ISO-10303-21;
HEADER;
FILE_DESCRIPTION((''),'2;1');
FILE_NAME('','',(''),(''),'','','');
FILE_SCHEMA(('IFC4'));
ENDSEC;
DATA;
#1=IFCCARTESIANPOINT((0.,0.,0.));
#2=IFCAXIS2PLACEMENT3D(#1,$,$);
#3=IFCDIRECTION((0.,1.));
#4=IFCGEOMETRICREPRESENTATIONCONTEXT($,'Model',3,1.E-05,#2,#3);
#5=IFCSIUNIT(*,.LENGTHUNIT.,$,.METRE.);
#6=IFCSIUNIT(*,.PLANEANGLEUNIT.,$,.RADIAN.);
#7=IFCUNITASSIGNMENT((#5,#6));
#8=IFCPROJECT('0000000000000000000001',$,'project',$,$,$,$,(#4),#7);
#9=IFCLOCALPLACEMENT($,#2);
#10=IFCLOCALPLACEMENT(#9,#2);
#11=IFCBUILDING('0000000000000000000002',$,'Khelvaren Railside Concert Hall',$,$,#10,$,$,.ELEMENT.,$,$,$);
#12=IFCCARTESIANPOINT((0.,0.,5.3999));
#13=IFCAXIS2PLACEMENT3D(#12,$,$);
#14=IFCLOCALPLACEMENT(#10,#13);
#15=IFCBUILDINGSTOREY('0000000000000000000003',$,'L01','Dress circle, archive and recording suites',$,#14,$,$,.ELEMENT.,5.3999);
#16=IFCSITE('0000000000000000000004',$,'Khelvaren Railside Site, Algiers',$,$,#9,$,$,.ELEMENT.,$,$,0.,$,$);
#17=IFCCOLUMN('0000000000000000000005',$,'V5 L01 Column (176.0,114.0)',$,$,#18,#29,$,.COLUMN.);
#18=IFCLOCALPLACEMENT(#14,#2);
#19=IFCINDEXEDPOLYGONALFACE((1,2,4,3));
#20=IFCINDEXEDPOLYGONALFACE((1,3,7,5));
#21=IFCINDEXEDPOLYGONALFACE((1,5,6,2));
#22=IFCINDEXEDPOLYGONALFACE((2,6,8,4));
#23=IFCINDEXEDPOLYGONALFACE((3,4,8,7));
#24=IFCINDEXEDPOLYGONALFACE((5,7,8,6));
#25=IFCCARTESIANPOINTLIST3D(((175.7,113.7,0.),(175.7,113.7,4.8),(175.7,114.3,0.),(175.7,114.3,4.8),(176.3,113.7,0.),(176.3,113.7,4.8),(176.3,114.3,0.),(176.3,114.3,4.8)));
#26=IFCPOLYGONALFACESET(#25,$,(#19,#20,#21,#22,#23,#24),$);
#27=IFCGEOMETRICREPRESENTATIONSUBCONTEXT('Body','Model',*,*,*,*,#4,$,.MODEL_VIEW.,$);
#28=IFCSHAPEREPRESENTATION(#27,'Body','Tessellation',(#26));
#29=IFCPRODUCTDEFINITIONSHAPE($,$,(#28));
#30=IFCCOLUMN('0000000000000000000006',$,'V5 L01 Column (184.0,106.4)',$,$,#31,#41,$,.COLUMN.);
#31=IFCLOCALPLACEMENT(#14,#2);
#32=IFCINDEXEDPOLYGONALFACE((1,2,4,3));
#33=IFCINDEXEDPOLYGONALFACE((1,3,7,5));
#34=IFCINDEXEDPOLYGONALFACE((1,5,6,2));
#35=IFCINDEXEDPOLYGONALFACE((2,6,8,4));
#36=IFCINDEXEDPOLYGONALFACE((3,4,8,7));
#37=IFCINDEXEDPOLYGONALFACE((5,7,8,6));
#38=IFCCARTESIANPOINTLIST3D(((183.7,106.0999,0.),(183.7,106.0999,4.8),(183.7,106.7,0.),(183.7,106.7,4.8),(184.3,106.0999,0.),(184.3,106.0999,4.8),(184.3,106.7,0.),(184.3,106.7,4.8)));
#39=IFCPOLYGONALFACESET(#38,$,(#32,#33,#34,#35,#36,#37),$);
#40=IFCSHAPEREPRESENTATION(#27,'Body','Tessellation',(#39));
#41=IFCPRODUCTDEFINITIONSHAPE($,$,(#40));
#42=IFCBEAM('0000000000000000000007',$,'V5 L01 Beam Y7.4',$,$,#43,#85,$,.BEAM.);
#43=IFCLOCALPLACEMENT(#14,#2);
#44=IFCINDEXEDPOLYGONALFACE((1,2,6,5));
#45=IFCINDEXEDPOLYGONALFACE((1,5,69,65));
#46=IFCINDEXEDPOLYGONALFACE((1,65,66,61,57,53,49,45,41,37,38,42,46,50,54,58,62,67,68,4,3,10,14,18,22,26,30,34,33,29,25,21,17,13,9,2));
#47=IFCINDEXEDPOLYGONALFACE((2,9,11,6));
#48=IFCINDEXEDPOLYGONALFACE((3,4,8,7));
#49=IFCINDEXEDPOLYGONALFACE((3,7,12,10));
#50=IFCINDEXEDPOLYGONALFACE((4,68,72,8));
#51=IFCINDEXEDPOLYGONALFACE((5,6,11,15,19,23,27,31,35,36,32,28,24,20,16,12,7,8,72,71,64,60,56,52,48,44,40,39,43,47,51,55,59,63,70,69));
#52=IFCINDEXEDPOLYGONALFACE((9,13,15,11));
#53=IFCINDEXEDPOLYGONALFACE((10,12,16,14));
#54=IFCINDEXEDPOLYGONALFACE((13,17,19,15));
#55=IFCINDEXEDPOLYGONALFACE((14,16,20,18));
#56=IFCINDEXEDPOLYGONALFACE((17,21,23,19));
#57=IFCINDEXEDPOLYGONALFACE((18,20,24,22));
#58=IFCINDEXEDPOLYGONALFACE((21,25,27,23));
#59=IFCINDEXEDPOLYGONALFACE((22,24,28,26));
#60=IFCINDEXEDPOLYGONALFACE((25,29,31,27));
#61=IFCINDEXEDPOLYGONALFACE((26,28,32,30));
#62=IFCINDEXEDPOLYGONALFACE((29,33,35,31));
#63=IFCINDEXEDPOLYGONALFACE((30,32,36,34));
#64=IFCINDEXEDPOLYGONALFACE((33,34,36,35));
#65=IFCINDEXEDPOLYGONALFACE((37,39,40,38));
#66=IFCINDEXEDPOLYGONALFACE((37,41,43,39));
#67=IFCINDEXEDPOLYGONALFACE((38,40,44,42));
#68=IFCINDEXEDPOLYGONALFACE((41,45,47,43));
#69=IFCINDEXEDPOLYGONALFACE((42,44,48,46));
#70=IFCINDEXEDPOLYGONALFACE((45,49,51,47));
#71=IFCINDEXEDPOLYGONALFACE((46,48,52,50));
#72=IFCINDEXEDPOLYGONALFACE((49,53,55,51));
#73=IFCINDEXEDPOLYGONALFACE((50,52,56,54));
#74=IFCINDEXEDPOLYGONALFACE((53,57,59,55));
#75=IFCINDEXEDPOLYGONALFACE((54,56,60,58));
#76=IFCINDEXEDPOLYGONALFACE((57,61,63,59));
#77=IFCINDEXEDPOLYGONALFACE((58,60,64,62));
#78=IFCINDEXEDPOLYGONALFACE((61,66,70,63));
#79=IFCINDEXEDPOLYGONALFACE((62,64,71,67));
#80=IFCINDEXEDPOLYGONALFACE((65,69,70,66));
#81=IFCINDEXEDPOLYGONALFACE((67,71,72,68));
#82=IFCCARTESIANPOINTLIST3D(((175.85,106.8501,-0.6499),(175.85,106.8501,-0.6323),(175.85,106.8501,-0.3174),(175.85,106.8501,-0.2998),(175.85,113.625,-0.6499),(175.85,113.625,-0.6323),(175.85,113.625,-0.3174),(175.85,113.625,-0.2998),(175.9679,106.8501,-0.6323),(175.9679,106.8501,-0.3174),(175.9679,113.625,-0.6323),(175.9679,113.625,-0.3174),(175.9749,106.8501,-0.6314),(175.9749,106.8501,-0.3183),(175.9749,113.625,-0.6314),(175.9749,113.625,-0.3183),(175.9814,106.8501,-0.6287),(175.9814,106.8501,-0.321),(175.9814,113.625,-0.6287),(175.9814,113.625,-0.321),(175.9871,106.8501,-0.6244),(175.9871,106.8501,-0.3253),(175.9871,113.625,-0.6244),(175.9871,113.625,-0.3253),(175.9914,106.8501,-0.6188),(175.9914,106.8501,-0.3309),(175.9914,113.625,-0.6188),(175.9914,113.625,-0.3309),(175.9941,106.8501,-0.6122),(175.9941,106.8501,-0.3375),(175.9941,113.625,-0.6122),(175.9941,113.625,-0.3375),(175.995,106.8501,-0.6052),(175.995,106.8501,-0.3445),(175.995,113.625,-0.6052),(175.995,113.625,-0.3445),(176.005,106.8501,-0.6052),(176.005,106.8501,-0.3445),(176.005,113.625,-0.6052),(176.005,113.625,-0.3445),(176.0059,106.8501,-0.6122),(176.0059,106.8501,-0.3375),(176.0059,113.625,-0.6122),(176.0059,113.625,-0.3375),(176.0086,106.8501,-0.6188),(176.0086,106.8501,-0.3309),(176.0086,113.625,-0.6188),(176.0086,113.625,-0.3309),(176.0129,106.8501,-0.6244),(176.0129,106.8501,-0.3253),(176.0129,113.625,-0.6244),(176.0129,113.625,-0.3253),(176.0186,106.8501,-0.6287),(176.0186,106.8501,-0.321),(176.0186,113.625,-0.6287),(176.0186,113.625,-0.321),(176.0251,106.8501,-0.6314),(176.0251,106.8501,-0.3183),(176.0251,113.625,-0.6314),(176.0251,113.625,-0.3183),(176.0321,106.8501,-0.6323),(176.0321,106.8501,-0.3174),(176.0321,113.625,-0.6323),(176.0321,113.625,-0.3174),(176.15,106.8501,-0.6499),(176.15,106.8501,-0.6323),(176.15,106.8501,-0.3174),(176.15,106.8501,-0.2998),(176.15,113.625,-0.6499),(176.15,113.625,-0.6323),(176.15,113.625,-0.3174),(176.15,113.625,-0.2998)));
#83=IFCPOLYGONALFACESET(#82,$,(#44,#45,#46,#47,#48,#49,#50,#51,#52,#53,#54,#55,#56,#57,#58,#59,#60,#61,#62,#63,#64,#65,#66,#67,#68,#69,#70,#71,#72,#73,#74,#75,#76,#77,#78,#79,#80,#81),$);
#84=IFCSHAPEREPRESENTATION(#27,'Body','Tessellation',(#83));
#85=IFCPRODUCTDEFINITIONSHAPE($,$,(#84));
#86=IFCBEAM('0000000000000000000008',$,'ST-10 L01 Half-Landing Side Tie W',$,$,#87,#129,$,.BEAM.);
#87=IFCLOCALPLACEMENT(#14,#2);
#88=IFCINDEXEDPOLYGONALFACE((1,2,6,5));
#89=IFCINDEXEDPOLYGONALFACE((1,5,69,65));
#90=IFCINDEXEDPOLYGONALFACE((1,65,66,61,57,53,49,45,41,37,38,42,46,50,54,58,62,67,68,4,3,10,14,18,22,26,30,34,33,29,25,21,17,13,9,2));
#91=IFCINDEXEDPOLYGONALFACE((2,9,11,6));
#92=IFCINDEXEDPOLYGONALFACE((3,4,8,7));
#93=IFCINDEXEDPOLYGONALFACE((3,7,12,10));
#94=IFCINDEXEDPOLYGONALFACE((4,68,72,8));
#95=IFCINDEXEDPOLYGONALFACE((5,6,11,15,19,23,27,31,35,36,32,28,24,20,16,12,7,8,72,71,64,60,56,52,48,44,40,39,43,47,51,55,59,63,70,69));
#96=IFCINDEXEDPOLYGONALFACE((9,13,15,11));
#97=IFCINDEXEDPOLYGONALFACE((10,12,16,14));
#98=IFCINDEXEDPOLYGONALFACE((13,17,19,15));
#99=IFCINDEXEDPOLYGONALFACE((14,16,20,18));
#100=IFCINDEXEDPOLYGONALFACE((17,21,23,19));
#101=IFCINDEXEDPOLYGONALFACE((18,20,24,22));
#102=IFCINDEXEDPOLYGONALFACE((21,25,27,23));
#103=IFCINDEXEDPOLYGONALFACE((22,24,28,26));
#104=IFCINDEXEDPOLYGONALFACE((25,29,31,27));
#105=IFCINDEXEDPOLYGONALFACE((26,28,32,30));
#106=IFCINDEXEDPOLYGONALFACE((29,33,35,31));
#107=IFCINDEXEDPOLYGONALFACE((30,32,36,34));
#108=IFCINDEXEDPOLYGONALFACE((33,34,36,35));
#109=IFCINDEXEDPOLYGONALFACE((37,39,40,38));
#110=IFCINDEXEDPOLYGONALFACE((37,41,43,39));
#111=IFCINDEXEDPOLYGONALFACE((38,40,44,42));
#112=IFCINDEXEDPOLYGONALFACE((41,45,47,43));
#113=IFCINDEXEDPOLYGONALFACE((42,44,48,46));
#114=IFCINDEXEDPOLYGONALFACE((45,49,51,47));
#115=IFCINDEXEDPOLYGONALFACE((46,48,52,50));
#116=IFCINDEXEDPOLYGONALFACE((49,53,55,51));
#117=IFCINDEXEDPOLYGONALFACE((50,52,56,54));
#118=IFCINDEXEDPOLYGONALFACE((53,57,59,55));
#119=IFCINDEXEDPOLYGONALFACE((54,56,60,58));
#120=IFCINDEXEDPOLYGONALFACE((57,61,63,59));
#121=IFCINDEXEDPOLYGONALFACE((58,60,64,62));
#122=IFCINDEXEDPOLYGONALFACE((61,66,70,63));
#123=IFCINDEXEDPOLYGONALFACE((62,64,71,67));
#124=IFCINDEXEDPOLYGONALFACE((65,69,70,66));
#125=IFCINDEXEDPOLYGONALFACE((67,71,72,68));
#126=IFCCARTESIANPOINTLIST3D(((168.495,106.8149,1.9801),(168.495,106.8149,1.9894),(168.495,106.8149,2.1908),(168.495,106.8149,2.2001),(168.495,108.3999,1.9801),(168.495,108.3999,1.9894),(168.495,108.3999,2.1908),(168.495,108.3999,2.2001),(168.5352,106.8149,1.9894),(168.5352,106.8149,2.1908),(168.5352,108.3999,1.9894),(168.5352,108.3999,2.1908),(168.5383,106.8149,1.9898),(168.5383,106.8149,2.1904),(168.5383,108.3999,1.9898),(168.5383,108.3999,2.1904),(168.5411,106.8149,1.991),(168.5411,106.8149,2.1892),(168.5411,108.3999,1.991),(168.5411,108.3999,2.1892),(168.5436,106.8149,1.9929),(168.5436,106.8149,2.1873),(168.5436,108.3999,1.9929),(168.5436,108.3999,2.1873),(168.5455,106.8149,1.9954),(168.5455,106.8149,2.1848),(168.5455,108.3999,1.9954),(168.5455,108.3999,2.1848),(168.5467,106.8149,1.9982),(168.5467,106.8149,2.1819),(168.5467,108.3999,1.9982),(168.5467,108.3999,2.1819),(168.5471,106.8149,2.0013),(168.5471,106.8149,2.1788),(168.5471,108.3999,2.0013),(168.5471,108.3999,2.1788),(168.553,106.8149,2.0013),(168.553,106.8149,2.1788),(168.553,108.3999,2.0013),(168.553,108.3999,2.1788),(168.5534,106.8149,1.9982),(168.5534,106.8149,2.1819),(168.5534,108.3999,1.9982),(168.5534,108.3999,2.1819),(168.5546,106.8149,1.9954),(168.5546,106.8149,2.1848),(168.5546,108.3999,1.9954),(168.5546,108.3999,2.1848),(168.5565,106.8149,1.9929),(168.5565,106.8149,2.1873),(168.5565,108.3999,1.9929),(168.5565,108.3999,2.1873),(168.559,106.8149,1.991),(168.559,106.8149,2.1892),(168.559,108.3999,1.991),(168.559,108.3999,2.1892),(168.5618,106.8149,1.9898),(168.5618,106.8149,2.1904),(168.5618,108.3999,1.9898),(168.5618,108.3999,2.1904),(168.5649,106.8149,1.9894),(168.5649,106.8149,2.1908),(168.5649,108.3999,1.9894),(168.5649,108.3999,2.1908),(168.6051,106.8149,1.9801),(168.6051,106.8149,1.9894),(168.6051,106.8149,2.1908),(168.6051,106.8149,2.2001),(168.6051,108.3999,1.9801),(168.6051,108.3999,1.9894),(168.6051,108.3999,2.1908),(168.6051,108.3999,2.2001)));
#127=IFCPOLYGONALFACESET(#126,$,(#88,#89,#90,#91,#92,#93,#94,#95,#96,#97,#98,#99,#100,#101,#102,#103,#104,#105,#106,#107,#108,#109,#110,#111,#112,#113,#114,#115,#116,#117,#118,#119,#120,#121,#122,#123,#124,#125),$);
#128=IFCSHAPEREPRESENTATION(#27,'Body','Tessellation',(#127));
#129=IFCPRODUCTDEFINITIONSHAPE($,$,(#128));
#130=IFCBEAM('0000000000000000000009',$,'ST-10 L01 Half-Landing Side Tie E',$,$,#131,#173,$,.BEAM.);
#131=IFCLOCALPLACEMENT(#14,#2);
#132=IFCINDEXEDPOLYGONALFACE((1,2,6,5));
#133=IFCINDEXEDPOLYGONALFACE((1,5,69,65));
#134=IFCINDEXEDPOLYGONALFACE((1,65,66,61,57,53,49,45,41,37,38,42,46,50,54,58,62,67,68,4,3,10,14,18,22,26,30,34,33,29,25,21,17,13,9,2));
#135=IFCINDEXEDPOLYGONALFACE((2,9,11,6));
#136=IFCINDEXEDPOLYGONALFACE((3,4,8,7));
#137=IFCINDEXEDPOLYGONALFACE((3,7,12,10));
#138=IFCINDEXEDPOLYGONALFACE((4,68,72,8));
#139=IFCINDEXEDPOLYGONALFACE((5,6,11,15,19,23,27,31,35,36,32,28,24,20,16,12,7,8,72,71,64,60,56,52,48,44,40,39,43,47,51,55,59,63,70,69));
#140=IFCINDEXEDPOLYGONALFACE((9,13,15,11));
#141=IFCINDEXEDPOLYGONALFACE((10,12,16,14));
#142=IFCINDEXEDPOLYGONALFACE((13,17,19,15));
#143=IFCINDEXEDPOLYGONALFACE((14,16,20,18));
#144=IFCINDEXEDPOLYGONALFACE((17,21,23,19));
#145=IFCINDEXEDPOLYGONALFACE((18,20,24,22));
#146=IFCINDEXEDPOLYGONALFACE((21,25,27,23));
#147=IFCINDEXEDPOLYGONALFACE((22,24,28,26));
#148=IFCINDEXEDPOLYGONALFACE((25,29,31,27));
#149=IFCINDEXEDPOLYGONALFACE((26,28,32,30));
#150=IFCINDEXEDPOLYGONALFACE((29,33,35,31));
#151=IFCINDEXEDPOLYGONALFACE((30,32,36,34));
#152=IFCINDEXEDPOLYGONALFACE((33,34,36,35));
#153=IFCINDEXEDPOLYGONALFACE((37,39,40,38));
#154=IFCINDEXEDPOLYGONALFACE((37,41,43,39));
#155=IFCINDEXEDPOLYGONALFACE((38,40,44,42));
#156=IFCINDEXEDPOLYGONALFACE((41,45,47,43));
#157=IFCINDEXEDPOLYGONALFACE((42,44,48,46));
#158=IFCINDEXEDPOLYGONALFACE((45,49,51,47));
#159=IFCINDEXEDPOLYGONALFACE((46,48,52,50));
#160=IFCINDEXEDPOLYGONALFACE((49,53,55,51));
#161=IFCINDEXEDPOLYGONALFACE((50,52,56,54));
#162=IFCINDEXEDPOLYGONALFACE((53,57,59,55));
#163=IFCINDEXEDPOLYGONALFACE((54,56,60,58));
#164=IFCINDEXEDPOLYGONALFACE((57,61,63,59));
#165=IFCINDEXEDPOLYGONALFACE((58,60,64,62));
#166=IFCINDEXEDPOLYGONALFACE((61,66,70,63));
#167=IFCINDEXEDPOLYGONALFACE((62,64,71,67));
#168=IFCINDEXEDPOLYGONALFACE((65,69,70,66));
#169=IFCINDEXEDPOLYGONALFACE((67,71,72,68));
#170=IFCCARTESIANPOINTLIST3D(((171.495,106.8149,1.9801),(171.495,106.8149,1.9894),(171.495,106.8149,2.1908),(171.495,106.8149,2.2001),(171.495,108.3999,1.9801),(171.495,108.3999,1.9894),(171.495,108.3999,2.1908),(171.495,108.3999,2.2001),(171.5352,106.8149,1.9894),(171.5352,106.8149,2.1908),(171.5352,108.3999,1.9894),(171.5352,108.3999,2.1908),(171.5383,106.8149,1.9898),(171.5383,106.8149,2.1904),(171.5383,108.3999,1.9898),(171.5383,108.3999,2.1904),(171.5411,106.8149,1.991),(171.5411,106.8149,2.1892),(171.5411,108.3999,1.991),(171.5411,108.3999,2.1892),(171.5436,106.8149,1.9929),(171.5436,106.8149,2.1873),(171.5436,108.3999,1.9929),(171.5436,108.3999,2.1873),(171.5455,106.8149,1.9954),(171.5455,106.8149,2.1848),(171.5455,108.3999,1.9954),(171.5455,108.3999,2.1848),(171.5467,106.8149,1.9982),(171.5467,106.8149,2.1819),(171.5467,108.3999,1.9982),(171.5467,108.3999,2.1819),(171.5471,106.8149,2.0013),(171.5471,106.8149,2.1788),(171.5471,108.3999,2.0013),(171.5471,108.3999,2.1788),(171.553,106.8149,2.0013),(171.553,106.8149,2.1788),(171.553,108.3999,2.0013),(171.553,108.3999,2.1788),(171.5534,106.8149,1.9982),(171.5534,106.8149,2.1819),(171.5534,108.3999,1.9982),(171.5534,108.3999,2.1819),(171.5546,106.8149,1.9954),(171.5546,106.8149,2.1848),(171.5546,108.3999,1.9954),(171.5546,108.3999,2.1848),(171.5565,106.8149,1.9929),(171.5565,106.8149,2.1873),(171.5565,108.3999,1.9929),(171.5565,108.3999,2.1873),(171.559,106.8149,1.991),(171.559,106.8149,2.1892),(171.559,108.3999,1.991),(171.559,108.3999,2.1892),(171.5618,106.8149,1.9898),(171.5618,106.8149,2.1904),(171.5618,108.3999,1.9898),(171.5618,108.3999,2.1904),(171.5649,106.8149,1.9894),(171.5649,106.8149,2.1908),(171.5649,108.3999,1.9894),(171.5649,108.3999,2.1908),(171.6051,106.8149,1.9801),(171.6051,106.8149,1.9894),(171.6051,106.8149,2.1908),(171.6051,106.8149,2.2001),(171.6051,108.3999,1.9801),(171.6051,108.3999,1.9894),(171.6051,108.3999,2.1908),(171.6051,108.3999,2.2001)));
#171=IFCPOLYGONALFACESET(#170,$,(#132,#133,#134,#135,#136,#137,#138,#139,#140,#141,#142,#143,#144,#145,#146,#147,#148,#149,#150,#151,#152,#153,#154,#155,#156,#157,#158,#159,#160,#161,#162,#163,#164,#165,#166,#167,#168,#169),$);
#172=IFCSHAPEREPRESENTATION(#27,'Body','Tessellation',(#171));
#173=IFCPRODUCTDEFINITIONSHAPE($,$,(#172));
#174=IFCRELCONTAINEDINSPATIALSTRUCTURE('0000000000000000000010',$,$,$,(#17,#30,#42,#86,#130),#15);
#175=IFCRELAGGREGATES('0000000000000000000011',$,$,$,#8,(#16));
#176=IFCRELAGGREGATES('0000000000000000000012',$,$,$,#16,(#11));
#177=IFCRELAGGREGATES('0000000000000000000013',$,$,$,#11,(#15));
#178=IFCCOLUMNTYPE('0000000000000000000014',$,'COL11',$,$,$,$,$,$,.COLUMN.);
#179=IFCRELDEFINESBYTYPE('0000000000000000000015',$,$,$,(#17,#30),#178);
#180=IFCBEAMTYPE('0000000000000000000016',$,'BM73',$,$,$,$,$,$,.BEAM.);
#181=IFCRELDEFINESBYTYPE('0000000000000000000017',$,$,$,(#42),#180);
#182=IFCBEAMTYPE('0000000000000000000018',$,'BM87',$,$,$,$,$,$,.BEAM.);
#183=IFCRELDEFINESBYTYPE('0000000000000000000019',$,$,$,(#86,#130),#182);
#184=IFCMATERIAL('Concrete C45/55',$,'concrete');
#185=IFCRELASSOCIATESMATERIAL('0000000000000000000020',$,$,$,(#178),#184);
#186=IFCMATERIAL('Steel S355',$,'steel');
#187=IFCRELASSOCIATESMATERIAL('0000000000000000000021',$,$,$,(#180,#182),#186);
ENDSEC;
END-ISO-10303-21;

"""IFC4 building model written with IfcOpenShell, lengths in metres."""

from ifc_helpers import new_model, si_unit, direction, frame, origin, origin_2d, place, context, subcontext, project, spatial, rectangle, i_section, extrude, material, material_profile, profile_set, type_object, element, save


model = new_model("IFC4")

# Units and contexts
model_context = context("Model", 3, precision=1e-05, world=origin(), true_north=direction((0.0, 1.0)))
body_context = subcontext(model_context, "Body", "Model", "MODEL_VIEW")
ifc_project = project(units=[si_unit("LENGTHUNIT", "METRE"), si_unit("PLANEANGLEUNIT", "RADIAN")], contexts=[model_context])

# Site, building, storey
site_placement = place(None, origin())
site = spatial("IfcSite", under=ifc_project, at=site_placement, Name="Khelvaren Railside Site, Algiers", CompositionType="ELEMENT", RefElevation=0.0)
building_placement = place(site_placement, origin())
building = spatial("IfcBuilding", under=site, at=building_placement, Name="Khelvaren Railside Concert Hall", CompositionType="ELEMENT")
storey_placement = place(building_placement, frame((0.0, 0.0, 5.3999)))
storey = spatial("IfcBuildingStorey", under=building, at=storey_placement, Name="L01", Description="Dress circle, archive and recording suites", CompositionType="ELEMENT", Elevation=5.3999)

# Columns
ifc_material_1 = material(Name="Concrete C45/55", Category="concrete")
ifc_material_profile_1 = material_profile(ifc_material_1, rectangle(XDim=0.6001, YDim=0.6001, at=origin_2d()), Name="RC 600x600")
ifc_profile_set_1 = profile_set([ifc_material_profile_1], Name="Concrete C45/55")
column_type = type_object("IfcColumnType", Name="COL11", PredefinedType="COLUMN", material=ifc_profile_set_1)
for number, where, z_axis, x_axis, name in (
    (1, (176.0, 114.0, 0.0), (0.0, 0.0, 1.0), (1.0, 0.0, 0.0), "V5 L01 Column (176.0,114.0)"),
    (2, (184.0, 106.3999, 0.0), (0.0, 0.0, 1.0), (1.0, 0.0, 0.0), "V5 L01 Column (184.0,106.4)"),
):
    element("IfcColumn", number, at=place(storey_placement, frame(where, z_axis=z_axis, x_axis=x_axis)), inside=storey, type_object=column_type, Name=name, PredefinedType="COLUMN", context=body_context, shape_type="SweptSolid", body=[
        extrude(rectangle(XDim=0.6001, YDim=0.6001, at=origin_2d()), origin(), (0.0, 0.0, 1.0), 4.8),
    ])

# Beams
ifc_material_2 = material(Name="Steel S355", Category="steel")
ifc_material_profile_2 = material_profile(ifc_material_2, i_section(OverallWidth=0.3, OverallDepth=0.3501, WebThickness=0.01, FlangeThickness=0.0176, FilletRadius=0.0271, at=origin_2d()), Name="HEA 360")
ifc_profile_set_2 = profile_set([ifc_material_profile_2], Name="Steel S355")
beam_type_1 = type_object("IfcBeamType", Name="BM73", PredefinedType="BEAM", material=ifc_profile_set_2)
beam_1_placement = place(storey_placement, frame((176.0, 106.8501, -0.4749), z_axis=(0.0, 1.0, 0.0), x_axis=(-1.0, 0.0, 0.0)))
element("IfcBeam", 3, at=beam_1_placement, inside=storey, type_object=beam_type_1, Name="V5 L01 Beam Y7.4", PredefinedType="BEAM", context=body_context, shape_type="SweptSolid", body=[
    extrude(i_section(OverallWidth=0.3, OverallDepth=0.3501, WebThickness=0.01, FlangeThickness=0.0176, FilletRadius=0.0271, at=origin_2d()), origin(), (0.0, 0.0, 1.0), 6.7749),
])
ifc_material_profile_3 = material_profile(ifc_material_2, i_section(OverallWidth=0.1101, OverallDepth=0.22, WebThickness=0.0059, FlangeThickness=0.0093, FilletRadius=0.012, at=origin_2d()), Name="IPE 220")
ifc_profile_set_3 = profile_set([ifc_material_profile_3], Name="Steel S355")
beam_type_2 = type_object("IfcBeamType", Name="BM87", PredefinedType="BEAM", material=ifc_profile_set_3)
for number, where, z_axis, x_axis, name in (
    (4, (168.55, 106.8149, 2.0901), (0.0, 1.0, 0.0), (-1.0, 0.0, 0.0), "ST-10 L01 Half-Landing Side Tie W"),
    (5, (171.55, 106.8149, 2.0901), (0.0, 1.0, 0.0), (-1.0, 0.0, 0.0), "ST-10 L01 Half-Landing Side Tie E"),
):
    element("IfcBeam", number, at=place(storey_placement, frame(where, z_axis=z_axis, x_axis=x_axis)), inside=storey, type_object=beam_type_2, Name=name, PredefinedType="BEAM", context=body_context, shape_type="SweptSolid", body=[
        extrude(i_section(OverallWidth=0.1101, OverallDepth=0.22, WebThickness=0.0059, FlangeThickness=0.0093, FilletRadius=0.012, at=origin_2d()), origin(), (0.0, 0.0, 1.0), 1.585),
    ])

save(model, "model.ifc")
